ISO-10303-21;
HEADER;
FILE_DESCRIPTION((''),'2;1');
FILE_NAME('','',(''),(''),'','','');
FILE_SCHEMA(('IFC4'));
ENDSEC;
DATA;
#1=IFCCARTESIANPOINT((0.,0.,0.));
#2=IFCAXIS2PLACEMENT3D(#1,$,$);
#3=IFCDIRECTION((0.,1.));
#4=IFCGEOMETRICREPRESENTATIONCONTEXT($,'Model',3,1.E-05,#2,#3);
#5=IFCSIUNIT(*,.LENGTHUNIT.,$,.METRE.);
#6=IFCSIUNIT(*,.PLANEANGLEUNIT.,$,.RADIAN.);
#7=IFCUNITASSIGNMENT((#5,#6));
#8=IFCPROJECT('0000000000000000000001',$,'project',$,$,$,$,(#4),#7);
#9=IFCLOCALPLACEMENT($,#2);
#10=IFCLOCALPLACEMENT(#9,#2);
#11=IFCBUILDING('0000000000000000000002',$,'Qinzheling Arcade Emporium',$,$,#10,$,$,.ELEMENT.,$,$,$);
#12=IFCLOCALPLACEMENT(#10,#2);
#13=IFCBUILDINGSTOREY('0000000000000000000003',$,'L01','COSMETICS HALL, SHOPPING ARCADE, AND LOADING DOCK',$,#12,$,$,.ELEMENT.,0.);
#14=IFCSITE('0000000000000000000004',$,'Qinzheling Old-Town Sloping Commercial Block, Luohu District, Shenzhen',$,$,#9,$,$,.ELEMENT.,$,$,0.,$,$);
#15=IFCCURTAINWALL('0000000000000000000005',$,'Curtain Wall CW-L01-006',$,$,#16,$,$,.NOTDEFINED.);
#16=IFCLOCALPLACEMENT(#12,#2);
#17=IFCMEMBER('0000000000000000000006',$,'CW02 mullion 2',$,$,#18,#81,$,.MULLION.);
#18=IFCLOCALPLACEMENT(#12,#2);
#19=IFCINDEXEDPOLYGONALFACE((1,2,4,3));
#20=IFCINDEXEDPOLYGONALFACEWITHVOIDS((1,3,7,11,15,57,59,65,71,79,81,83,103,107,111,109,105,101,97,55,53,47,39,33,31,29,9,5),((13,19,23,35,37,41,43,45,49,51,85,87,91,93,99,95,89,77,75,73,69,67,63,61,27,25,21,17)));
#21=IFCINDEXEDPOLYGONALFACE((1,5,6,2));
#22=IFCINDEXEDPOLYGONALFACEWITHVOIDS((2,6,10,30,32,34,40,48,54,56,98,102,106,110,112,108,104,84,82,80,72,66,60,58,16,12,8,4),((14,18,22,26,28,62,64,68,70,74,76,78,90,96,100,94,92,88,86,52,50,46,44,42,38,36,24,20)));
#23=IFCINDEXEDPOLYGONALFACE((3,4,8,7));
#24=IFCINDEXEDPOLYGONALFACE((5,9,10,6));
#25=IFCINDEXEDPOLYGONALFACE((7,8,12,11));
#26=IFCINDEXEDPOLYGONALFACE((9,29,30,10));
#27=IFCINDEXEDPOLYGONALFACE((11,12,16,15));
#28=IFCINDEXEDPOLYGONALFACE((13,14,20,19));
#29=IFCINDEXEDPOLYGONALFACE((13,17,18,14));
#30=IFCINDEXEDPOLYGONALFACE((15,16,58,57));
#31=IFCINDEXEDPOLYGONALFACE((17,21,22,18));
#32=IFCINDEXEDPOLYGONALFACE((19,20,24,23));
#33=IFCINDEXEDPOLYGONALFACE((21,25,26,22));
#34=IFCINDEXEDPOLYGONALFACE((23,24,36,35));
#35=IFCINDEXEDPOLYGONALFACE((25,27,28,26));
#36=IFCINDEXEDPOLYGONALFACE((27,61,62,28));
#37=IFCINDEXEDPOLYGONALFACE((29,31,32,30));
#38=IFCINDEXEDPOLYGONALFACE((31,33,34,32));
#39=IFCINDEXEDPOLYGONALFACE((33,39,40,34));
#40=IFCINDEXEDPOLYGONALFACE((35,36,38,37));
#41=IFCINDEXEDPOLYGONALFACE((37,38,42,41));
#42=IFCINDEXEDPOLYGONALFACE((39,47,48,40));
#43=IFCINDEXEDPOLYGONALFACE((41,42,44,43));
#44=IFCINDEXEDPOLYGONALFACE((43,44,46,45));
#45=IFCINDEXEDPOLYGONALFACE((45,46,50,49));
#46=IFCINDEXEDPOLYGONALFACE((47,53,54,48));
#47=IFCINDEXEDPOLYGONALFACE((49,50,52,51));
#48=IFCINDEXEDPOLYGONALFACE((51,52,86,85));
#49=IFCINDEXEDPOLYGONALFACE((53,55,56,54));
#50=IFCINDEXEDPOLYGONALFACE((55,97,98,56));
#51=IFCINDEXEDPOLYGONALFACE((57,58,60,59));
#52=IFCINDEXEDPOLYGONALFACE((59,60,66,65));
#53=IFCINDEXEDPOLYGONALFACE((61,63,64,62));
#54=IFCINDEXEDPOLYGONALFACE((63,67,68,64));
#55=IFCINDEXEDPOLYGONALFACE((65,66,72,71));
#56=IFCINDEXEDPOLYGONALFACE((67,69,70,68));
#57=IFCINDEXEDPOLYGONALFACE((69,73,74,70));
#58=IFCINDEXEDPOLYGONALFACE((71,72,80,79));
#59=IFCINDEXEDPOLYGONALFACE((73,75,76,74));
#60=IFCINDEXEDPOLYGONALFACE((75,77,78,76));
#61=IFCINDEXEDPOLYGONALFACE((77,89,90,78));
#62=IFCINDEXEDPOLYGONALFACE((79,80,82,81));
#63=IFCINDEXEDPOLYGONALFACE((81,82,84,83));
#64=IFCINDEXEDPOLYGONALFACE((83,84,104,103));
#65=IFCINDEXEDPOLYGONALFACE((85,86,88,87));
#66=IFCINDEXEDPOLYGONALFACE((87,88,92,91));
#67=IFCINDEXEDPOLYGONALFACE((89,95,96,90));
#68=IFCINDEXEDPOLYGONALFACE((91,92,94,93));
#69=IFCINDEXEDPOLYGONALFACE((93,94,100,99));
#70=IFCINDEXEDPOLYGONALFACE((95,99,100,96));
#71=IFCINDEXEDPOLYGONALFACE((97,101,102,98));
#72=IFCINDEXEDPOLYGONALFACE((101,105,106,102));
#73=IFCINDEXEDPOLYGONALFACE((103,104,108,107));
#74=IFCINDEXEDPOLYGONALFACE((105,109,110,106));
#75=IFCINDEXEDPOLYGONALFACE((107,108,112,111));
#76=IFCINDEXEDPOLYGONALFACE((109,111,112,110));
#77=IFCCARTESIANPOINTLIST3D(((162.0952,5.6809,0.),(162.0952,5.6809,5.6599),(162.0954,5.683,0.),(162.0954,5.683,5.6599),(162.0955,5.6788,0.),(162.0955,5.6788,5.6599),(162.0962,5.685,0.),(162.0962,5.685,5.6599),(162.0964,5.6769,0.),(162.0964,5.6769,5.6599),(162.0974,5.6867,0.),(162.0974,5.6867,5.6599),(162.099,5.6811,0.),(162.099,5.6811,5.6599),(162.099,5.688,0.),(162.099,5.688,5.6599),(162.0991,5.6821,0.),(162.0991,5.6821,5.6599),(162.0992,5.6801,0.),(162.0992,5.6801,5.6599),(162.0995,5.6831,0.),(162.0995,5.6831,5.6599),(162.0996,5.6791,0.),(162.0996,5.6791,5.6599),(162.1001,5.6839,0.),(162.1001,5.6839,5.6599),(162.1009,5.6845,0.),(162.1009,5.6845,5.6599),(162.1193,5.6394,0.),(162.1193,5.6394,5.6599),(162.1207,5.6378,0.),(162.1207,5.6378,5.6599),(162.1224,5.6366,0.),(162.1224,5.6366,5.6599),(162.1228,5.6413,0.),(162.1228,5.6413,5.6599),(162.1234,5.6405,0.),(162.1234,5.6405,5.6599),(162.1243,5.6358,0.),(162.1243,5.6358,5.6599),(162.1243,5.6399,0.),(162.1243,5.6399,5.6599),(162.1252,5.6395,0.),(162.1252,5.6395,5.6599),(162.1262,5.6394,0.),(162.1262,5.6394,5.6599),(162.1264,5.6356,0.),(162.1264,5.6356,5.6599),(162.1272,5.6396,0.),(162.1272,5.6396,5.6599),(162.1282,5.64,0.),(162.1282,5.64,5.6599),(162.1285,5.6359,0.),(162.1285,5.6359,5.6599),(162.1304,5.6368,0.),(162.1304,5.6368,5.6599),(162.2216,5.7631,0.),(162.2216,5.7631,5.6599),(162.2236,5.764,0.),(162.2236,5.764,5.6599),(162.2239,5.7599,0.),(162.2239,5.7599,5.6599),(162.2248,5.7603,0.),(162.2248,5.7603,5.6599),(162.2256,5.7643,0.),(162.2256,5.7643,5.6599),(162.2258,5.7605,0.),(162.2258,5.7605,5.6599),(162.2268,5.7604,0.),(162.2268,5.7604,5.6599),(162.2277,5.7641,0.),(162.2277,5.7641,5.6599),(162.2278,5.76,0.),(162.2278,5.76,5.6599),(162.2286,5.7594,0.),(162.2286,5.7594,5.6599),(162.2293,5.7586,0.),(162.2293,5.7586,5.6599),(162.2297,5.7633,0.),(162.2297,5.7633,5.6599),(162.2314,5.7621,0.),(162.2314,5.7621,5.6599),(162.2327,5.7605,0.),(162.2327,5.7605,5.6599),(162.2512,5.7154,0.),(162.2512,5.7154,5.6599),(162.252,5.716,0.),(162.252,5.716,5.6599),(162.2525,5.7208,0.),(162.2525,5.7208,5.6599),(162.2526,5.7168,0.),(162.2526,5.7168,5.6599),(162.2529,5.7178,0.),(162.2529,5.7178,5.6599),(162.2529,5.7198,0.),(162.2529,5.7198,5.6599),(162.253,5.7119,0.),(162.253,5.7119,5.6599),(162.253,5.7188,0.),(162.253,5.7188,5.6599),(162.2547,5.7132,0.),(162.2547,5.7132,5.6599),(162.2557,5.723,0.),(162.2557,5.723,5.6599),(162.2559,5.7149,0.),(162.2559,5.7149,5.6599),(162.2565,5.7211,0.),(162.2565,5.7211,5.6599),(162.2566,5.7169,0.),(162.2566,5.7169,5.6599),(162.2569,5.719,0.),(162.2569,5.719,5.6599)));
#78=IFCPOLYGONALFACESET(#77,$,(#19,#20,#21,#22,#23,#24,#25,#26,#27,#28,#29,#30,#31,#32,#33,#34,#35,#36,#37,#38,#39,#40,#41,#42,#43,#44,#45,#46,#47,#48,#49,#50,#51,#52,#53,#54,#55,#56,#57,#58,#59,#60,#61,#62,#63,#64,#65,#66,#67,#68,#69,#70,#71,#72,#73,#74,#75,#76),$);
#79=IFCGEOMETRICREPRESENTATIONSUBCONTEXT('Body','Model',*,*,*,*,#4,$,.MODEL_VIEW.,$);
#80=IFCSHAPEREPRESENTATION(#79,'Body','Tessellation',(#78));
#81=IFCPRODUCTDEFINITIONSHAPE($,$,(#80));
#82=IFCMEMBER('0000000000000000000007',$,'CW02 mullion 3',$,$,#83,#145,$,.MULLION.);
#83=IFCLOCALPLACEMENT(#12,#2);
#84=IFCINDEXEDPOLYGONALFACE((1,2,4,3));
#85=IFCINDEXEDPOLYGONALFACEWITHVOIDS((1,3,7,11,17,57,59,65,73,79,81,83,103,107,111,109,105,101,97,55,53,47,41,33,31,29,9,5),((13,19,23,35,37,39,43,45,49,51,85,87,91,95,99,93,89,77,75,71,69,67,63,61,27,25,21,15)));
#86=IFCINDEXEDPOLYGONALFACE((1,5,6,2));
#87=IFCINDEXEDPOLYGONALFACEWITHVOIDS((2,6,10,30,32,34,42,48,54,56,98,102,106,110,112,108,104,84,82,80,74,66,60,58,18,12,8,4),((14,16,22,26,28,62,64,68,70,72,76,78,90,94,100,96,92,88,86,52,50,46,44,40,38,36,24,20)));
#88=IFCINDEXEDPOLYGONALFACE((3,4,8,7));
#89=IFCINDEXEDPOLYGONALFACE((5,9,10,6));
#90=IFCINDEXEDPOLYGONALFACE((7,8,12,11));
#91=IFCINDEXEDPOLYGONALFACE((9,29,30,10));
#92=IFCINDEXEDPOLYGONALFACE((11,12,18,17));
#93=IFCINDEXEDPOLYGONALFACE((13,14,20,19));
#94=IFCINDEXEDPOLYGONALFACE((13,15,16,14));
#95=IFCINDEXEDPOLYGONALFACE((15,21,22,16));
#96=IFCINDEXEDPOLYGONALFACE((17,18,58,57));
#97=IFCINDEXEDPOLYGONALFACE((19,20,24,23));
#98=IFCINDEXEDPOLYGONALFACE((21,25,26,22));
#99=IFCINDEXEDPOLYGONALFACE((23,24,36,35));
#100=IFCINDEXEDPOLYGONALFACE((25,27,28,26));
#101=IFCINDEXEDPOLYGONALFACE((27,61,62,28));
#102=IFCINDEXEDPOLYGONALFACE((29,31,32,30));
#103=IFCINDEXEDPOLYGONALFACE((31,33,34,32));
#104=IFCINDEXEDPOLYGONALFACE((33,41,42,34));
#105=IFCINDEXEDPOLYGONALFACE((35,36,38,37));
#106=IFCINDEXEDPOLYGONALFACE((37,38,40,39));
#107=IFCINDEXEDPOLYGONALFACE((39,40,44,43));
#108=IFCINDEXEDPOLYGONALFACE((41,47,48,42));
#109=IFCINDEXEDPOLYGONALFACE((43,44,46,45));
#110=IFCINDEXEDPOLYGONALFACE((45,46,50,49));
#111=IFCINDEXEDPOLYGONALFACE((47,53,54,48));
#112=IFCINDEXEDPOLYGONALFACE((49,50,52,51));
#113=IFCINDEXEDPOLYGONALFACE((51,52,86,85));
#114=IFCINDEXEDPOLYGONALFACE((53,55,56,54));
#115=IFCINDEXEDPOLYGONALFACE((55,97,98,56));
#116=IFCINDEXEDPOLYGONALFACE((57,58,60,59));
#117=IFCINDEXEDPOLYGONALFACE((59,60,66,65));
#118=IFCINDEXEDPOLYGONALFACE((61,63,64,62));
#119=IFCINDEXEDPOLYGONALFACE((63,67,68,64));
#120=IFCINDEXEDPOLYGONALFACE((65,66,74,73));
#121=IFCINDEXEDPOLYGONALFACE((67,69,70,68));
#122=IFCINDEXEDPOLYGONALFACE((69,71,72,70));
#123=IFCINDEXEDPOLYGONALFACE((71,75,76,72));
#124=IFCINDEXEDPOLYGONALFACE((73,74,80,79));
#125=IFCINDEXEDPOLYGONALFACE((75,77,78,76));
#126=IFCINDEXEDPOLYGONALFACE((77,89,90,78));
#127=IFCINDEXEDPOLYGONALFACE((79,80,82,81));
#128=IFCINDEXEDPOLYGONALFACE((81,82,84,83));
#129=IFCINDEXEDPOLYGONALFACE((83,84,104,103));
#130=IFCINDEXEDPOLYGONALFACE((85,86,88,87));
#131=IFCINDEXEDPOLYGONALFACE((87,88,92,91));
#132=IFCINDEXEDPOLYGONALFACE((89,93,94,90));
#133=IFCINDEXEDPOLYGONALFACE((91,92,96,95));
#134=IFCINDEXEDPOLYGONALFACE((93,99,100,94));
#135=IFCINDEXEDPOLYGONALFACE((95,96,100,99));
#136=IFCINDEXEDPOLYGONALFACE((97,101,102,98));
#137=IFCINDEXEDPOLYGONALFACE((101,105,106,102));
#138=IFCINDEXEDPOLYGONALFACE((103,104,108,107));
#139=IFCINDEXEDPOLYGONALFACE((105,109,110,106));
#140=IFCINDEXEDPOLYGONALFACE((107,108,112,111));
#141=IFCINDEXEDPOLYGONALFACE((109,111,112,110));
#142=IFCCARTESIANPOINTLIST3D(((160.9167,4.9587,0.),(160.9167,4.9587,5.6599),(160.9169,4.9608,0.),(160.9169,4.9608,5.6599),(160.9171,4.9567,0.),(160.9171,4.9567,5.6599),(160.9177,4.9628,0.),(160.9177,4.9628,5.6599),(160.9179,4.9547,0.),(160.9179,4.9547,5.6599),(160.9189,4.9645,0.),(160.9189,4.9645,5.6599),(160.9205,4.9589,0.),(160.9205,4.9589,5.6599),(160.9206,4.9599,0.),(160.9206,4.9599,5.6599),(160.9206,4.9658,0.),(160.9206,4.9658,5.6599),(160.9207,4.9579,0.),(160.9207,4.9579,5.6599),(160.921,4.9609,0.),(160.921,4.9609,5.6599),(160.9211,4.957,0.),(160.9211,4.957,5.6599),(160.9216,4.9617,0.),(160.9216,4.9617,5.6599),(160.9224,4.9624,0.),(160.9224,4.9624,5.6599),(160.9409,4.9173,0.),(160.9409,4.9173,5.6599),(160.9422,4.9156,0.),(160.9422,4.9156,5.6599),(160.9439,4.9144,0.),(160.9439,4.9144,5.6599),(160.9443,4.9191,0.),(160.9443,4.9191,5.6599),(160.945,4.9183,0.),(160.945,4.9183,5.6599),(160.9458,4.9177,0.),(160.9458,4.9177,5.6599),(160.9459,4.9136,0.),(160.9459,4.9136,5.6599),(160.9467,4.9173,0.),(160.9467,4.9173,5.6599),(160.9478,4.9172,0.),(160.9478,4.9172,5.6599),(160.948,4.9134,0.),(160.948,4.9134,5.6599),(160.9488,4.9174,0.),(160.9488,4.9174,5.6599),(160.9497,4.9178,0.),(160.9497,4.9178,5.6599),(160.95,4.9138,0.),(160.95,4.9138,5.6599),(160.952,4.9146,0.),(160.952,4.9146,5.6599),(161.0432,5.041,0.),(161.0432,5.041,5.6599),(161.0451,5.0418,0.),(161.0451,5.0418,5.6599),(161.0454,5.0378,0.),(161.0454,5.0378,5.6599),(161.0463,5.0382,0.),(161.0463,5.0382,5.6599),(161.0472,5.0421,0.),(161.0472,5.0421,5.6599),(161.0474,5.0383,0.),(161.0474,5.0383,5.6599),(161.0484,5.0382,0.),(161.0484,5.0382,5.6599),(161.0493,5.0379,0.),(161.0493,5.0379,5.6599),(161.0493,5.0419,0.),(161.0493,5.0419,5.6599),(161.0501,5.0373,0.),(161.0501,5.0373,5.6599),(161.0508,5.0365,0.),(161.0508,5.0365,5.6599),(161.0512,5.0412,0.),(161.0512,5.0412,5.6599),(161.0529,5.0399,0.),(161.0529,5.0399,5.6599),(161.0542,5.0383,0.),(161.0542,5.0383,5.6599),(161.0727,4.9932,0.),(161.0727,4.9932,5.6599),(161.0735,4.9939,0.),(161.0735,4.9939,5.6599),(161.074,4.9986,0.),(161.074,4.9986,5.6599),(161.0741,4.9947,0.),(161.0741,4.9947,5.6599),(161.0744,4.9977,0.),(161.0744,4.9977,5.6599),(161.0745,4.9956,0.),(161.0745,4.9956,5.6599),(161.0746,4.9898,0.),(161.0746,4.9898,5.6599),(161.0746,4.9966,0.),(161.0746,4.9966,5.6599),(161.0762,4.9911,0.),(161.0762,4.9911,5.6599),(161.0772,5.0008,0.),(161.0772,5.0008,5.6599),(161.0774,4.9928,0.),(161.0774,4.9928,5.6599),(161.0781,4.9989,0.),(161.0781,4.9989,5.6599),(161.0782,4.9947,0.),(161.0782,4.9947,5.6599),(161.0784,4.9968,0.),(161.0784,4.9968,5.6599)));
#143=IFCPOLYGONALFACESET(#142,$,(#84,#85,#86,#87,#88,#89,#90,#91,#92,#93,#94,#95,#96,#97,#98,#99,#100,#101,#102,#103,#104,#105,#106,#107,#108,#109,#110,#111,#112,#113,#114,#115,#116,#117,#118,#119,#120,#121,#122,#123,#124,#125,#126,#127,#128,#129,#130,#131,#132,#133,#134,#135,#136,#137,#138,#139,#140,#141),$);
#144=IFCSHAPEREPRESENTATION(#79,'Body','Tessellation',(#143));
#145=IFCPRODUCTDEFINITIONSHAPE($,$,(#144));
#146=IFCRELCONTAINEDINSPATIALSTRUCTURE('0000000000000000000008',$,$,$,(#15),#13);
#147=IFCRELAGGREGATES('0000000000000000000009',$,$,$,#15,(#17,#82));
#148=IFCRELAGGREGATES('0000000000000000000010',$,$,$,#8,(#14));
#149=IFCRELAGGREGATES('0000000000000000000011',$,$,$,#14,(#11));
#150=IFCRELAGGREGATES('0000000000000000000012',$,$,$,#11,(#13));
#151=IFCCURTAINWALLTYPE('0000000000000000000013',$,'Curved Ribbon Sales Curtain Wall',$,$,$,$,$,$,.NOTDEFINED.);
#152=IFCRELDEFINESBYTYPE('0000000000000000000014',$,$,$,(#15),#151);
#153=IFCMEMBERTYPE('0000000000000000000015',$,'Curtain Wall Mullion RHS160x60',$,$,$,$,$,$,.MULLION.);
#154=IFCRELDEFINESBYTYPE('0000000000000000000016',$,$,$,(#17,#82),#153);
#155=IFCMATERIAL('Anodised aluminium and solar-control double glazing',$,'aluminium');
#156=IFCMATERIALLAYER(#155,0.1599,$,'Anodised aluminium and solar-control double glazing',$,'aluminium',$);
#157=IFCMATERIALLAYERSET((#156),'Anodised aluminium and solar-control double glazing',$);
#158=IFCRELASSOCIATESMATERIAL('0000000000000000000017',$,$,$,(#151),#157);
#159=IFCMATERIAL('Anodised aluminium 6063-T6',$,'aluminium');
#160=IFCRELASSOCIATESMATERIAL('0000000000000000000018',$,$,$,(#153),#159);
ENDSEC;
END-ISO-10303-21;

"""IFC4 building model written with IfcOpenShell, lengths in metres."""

from ifc_helpers import new_model, si_unit, direction, frame, origin, origin_2d, place, context, subcontext, project, spatial, hollow_rectangle, extrude, material, layer, layer_set, material_profile, profile_set, type_object, element, aggregate, save


model = new_model("IFC4")

# Units and contexts
model_context = context("Model", 3, precision=1e-05, world=origin(), true_north=direction((0.0, 1.0)))
body_context = subcontext(model_context, "Body", "Model", "MODEL_VIEW")
ifc_project = project(units=[si_unit("LENGTHUNIT", "METRE"), si_unit("PLANEANGLEUNIT", "RADIAN")], contexts=[model_context])

# Site, building, storey
site_placement = place(None, origin())
site = spatial("IfcSite", under=ifc_project, at=site_placement, Name="Qinzheling Old-Town Sloping Commercial Block, Luohu District, Shenzhen", CompositionType="ELEMENT", RefElevation=0.0)
building_placement = place(site_placement, origin())
building = spatial("IfcBuilding", under=site, at=building_placement, Name="Qinzheling Arcade Emporium", CompositionType="ELEMENT")
storey_placement = place(building_placement, origin())
storey = spatial("IfcBuildingStorey", under=building, at=storey_placement, Name="L01", Description="COSMETICS HALL, SHOPPING ARCADE, AND LOADING DOCK", CompositionType="ELEMENT", Elevation=0.0)

# Shared definitions
ifc_material_1 = material(Name="Anodised aluminium and solar-control double glazing", Category="aluminium")
ifc_layer_1 = layer(ifc_material_1, 0.1599, Name="Anodised aluminium and solar-control double glazing", Category="aluminium")
ifc_layer_set_1 = layer_set([ifc_layer_1], Name="Anodised aluminium and solar-control double glazing")
curtain_wall_type = type_object("IfcCurtainWallType", Name="Curved Ribbon Sales Curtain Wall", PredefinedType="NOTDEFINED", material=ifc_layer_set_1)
ifc_material_2 = material(Name="Anodised aluminium 6063-T6", Category="aluminium")
ifc_material_profile_1 = material_profile(ifc_material_2, hollow_rectangle(XDim=0.0601, YDim=0.1599, WallThickness=0.0039, InnerFilletRadius=0.0039, OuterFilletRadius=0.0081, at=origin_2d()), Name="RHS 160x60x4", Category="aluminium")
ifc_profile_set_1 = profile_set([ifc_material_profile_1], Name="Anodised aluminium 6063-T6")
member_type_1 = type_object("IfcMemberType", Name="Curtain Wall Mullion RHS160x60", PredefinedType="MULLION", material=ifc_profile_set_1)

# Curtain wall, members
curtain_wall_1_placement = place(storey_placement, origin())
curtain_wall_1 = element("IfcCurtainWall", 1, at=curtain_wall_1_placement, inside=storey, type_object=curtain_wall_type, Name="Curtain Wall CW-L01-006", PredefinedType="NOTDEFINED")
member_1_placement = place(storey_placement, frame((162.176, 5.7, 0.0), z_axis=(0.0, 0.0, 1.0), x_axis=(0.522595, -0.852581, 0.0)))
member_1 = element("IfcMember", 2, at=member_1_placement, type_object=member_type_1, Name="CW02 mullion 2", PredefinedType="MULLION", context=body_context, shape_type="SweptSolid", body=[
    extrude(hollow_rectangle(XDim=0.0601, YDim=0.1599, WallThickness=0.0039, InnerFilletRadius=0.0039, OuterFilletRadius=0.0081, at=origin_2d()), origin(), (0.0, 0.0, 1.0), 5.6599),
])
member_2_placement = place(storey_placement, frame((160.9976, 4.9778, 0.0), z_axis=(0.0, 0.0, 1.0), x_axis=(0.522595, -0.852581, 0.0)))
member_2 = element("IfcMember", 3, at=member_2_placement, type_object=member_type_1, Name="CW02 mullion 3", PredefinedType="MULLION", context=body_context, shape_type="SweptSolid", body=[
    extrude(hollow_rectangle(XDim=0.0601, YDim=0.1599, WallThickness=0.0039, InnerFilletRadius=0.0039, OuterFilletRadius=0.0081, at=origin_2d()), origin(), (0.0, 0.0, 1.0), 5.6599),
])

aggregate(curtain_wall_1, [member_1, member_2])

save(model, "model.ifc")
